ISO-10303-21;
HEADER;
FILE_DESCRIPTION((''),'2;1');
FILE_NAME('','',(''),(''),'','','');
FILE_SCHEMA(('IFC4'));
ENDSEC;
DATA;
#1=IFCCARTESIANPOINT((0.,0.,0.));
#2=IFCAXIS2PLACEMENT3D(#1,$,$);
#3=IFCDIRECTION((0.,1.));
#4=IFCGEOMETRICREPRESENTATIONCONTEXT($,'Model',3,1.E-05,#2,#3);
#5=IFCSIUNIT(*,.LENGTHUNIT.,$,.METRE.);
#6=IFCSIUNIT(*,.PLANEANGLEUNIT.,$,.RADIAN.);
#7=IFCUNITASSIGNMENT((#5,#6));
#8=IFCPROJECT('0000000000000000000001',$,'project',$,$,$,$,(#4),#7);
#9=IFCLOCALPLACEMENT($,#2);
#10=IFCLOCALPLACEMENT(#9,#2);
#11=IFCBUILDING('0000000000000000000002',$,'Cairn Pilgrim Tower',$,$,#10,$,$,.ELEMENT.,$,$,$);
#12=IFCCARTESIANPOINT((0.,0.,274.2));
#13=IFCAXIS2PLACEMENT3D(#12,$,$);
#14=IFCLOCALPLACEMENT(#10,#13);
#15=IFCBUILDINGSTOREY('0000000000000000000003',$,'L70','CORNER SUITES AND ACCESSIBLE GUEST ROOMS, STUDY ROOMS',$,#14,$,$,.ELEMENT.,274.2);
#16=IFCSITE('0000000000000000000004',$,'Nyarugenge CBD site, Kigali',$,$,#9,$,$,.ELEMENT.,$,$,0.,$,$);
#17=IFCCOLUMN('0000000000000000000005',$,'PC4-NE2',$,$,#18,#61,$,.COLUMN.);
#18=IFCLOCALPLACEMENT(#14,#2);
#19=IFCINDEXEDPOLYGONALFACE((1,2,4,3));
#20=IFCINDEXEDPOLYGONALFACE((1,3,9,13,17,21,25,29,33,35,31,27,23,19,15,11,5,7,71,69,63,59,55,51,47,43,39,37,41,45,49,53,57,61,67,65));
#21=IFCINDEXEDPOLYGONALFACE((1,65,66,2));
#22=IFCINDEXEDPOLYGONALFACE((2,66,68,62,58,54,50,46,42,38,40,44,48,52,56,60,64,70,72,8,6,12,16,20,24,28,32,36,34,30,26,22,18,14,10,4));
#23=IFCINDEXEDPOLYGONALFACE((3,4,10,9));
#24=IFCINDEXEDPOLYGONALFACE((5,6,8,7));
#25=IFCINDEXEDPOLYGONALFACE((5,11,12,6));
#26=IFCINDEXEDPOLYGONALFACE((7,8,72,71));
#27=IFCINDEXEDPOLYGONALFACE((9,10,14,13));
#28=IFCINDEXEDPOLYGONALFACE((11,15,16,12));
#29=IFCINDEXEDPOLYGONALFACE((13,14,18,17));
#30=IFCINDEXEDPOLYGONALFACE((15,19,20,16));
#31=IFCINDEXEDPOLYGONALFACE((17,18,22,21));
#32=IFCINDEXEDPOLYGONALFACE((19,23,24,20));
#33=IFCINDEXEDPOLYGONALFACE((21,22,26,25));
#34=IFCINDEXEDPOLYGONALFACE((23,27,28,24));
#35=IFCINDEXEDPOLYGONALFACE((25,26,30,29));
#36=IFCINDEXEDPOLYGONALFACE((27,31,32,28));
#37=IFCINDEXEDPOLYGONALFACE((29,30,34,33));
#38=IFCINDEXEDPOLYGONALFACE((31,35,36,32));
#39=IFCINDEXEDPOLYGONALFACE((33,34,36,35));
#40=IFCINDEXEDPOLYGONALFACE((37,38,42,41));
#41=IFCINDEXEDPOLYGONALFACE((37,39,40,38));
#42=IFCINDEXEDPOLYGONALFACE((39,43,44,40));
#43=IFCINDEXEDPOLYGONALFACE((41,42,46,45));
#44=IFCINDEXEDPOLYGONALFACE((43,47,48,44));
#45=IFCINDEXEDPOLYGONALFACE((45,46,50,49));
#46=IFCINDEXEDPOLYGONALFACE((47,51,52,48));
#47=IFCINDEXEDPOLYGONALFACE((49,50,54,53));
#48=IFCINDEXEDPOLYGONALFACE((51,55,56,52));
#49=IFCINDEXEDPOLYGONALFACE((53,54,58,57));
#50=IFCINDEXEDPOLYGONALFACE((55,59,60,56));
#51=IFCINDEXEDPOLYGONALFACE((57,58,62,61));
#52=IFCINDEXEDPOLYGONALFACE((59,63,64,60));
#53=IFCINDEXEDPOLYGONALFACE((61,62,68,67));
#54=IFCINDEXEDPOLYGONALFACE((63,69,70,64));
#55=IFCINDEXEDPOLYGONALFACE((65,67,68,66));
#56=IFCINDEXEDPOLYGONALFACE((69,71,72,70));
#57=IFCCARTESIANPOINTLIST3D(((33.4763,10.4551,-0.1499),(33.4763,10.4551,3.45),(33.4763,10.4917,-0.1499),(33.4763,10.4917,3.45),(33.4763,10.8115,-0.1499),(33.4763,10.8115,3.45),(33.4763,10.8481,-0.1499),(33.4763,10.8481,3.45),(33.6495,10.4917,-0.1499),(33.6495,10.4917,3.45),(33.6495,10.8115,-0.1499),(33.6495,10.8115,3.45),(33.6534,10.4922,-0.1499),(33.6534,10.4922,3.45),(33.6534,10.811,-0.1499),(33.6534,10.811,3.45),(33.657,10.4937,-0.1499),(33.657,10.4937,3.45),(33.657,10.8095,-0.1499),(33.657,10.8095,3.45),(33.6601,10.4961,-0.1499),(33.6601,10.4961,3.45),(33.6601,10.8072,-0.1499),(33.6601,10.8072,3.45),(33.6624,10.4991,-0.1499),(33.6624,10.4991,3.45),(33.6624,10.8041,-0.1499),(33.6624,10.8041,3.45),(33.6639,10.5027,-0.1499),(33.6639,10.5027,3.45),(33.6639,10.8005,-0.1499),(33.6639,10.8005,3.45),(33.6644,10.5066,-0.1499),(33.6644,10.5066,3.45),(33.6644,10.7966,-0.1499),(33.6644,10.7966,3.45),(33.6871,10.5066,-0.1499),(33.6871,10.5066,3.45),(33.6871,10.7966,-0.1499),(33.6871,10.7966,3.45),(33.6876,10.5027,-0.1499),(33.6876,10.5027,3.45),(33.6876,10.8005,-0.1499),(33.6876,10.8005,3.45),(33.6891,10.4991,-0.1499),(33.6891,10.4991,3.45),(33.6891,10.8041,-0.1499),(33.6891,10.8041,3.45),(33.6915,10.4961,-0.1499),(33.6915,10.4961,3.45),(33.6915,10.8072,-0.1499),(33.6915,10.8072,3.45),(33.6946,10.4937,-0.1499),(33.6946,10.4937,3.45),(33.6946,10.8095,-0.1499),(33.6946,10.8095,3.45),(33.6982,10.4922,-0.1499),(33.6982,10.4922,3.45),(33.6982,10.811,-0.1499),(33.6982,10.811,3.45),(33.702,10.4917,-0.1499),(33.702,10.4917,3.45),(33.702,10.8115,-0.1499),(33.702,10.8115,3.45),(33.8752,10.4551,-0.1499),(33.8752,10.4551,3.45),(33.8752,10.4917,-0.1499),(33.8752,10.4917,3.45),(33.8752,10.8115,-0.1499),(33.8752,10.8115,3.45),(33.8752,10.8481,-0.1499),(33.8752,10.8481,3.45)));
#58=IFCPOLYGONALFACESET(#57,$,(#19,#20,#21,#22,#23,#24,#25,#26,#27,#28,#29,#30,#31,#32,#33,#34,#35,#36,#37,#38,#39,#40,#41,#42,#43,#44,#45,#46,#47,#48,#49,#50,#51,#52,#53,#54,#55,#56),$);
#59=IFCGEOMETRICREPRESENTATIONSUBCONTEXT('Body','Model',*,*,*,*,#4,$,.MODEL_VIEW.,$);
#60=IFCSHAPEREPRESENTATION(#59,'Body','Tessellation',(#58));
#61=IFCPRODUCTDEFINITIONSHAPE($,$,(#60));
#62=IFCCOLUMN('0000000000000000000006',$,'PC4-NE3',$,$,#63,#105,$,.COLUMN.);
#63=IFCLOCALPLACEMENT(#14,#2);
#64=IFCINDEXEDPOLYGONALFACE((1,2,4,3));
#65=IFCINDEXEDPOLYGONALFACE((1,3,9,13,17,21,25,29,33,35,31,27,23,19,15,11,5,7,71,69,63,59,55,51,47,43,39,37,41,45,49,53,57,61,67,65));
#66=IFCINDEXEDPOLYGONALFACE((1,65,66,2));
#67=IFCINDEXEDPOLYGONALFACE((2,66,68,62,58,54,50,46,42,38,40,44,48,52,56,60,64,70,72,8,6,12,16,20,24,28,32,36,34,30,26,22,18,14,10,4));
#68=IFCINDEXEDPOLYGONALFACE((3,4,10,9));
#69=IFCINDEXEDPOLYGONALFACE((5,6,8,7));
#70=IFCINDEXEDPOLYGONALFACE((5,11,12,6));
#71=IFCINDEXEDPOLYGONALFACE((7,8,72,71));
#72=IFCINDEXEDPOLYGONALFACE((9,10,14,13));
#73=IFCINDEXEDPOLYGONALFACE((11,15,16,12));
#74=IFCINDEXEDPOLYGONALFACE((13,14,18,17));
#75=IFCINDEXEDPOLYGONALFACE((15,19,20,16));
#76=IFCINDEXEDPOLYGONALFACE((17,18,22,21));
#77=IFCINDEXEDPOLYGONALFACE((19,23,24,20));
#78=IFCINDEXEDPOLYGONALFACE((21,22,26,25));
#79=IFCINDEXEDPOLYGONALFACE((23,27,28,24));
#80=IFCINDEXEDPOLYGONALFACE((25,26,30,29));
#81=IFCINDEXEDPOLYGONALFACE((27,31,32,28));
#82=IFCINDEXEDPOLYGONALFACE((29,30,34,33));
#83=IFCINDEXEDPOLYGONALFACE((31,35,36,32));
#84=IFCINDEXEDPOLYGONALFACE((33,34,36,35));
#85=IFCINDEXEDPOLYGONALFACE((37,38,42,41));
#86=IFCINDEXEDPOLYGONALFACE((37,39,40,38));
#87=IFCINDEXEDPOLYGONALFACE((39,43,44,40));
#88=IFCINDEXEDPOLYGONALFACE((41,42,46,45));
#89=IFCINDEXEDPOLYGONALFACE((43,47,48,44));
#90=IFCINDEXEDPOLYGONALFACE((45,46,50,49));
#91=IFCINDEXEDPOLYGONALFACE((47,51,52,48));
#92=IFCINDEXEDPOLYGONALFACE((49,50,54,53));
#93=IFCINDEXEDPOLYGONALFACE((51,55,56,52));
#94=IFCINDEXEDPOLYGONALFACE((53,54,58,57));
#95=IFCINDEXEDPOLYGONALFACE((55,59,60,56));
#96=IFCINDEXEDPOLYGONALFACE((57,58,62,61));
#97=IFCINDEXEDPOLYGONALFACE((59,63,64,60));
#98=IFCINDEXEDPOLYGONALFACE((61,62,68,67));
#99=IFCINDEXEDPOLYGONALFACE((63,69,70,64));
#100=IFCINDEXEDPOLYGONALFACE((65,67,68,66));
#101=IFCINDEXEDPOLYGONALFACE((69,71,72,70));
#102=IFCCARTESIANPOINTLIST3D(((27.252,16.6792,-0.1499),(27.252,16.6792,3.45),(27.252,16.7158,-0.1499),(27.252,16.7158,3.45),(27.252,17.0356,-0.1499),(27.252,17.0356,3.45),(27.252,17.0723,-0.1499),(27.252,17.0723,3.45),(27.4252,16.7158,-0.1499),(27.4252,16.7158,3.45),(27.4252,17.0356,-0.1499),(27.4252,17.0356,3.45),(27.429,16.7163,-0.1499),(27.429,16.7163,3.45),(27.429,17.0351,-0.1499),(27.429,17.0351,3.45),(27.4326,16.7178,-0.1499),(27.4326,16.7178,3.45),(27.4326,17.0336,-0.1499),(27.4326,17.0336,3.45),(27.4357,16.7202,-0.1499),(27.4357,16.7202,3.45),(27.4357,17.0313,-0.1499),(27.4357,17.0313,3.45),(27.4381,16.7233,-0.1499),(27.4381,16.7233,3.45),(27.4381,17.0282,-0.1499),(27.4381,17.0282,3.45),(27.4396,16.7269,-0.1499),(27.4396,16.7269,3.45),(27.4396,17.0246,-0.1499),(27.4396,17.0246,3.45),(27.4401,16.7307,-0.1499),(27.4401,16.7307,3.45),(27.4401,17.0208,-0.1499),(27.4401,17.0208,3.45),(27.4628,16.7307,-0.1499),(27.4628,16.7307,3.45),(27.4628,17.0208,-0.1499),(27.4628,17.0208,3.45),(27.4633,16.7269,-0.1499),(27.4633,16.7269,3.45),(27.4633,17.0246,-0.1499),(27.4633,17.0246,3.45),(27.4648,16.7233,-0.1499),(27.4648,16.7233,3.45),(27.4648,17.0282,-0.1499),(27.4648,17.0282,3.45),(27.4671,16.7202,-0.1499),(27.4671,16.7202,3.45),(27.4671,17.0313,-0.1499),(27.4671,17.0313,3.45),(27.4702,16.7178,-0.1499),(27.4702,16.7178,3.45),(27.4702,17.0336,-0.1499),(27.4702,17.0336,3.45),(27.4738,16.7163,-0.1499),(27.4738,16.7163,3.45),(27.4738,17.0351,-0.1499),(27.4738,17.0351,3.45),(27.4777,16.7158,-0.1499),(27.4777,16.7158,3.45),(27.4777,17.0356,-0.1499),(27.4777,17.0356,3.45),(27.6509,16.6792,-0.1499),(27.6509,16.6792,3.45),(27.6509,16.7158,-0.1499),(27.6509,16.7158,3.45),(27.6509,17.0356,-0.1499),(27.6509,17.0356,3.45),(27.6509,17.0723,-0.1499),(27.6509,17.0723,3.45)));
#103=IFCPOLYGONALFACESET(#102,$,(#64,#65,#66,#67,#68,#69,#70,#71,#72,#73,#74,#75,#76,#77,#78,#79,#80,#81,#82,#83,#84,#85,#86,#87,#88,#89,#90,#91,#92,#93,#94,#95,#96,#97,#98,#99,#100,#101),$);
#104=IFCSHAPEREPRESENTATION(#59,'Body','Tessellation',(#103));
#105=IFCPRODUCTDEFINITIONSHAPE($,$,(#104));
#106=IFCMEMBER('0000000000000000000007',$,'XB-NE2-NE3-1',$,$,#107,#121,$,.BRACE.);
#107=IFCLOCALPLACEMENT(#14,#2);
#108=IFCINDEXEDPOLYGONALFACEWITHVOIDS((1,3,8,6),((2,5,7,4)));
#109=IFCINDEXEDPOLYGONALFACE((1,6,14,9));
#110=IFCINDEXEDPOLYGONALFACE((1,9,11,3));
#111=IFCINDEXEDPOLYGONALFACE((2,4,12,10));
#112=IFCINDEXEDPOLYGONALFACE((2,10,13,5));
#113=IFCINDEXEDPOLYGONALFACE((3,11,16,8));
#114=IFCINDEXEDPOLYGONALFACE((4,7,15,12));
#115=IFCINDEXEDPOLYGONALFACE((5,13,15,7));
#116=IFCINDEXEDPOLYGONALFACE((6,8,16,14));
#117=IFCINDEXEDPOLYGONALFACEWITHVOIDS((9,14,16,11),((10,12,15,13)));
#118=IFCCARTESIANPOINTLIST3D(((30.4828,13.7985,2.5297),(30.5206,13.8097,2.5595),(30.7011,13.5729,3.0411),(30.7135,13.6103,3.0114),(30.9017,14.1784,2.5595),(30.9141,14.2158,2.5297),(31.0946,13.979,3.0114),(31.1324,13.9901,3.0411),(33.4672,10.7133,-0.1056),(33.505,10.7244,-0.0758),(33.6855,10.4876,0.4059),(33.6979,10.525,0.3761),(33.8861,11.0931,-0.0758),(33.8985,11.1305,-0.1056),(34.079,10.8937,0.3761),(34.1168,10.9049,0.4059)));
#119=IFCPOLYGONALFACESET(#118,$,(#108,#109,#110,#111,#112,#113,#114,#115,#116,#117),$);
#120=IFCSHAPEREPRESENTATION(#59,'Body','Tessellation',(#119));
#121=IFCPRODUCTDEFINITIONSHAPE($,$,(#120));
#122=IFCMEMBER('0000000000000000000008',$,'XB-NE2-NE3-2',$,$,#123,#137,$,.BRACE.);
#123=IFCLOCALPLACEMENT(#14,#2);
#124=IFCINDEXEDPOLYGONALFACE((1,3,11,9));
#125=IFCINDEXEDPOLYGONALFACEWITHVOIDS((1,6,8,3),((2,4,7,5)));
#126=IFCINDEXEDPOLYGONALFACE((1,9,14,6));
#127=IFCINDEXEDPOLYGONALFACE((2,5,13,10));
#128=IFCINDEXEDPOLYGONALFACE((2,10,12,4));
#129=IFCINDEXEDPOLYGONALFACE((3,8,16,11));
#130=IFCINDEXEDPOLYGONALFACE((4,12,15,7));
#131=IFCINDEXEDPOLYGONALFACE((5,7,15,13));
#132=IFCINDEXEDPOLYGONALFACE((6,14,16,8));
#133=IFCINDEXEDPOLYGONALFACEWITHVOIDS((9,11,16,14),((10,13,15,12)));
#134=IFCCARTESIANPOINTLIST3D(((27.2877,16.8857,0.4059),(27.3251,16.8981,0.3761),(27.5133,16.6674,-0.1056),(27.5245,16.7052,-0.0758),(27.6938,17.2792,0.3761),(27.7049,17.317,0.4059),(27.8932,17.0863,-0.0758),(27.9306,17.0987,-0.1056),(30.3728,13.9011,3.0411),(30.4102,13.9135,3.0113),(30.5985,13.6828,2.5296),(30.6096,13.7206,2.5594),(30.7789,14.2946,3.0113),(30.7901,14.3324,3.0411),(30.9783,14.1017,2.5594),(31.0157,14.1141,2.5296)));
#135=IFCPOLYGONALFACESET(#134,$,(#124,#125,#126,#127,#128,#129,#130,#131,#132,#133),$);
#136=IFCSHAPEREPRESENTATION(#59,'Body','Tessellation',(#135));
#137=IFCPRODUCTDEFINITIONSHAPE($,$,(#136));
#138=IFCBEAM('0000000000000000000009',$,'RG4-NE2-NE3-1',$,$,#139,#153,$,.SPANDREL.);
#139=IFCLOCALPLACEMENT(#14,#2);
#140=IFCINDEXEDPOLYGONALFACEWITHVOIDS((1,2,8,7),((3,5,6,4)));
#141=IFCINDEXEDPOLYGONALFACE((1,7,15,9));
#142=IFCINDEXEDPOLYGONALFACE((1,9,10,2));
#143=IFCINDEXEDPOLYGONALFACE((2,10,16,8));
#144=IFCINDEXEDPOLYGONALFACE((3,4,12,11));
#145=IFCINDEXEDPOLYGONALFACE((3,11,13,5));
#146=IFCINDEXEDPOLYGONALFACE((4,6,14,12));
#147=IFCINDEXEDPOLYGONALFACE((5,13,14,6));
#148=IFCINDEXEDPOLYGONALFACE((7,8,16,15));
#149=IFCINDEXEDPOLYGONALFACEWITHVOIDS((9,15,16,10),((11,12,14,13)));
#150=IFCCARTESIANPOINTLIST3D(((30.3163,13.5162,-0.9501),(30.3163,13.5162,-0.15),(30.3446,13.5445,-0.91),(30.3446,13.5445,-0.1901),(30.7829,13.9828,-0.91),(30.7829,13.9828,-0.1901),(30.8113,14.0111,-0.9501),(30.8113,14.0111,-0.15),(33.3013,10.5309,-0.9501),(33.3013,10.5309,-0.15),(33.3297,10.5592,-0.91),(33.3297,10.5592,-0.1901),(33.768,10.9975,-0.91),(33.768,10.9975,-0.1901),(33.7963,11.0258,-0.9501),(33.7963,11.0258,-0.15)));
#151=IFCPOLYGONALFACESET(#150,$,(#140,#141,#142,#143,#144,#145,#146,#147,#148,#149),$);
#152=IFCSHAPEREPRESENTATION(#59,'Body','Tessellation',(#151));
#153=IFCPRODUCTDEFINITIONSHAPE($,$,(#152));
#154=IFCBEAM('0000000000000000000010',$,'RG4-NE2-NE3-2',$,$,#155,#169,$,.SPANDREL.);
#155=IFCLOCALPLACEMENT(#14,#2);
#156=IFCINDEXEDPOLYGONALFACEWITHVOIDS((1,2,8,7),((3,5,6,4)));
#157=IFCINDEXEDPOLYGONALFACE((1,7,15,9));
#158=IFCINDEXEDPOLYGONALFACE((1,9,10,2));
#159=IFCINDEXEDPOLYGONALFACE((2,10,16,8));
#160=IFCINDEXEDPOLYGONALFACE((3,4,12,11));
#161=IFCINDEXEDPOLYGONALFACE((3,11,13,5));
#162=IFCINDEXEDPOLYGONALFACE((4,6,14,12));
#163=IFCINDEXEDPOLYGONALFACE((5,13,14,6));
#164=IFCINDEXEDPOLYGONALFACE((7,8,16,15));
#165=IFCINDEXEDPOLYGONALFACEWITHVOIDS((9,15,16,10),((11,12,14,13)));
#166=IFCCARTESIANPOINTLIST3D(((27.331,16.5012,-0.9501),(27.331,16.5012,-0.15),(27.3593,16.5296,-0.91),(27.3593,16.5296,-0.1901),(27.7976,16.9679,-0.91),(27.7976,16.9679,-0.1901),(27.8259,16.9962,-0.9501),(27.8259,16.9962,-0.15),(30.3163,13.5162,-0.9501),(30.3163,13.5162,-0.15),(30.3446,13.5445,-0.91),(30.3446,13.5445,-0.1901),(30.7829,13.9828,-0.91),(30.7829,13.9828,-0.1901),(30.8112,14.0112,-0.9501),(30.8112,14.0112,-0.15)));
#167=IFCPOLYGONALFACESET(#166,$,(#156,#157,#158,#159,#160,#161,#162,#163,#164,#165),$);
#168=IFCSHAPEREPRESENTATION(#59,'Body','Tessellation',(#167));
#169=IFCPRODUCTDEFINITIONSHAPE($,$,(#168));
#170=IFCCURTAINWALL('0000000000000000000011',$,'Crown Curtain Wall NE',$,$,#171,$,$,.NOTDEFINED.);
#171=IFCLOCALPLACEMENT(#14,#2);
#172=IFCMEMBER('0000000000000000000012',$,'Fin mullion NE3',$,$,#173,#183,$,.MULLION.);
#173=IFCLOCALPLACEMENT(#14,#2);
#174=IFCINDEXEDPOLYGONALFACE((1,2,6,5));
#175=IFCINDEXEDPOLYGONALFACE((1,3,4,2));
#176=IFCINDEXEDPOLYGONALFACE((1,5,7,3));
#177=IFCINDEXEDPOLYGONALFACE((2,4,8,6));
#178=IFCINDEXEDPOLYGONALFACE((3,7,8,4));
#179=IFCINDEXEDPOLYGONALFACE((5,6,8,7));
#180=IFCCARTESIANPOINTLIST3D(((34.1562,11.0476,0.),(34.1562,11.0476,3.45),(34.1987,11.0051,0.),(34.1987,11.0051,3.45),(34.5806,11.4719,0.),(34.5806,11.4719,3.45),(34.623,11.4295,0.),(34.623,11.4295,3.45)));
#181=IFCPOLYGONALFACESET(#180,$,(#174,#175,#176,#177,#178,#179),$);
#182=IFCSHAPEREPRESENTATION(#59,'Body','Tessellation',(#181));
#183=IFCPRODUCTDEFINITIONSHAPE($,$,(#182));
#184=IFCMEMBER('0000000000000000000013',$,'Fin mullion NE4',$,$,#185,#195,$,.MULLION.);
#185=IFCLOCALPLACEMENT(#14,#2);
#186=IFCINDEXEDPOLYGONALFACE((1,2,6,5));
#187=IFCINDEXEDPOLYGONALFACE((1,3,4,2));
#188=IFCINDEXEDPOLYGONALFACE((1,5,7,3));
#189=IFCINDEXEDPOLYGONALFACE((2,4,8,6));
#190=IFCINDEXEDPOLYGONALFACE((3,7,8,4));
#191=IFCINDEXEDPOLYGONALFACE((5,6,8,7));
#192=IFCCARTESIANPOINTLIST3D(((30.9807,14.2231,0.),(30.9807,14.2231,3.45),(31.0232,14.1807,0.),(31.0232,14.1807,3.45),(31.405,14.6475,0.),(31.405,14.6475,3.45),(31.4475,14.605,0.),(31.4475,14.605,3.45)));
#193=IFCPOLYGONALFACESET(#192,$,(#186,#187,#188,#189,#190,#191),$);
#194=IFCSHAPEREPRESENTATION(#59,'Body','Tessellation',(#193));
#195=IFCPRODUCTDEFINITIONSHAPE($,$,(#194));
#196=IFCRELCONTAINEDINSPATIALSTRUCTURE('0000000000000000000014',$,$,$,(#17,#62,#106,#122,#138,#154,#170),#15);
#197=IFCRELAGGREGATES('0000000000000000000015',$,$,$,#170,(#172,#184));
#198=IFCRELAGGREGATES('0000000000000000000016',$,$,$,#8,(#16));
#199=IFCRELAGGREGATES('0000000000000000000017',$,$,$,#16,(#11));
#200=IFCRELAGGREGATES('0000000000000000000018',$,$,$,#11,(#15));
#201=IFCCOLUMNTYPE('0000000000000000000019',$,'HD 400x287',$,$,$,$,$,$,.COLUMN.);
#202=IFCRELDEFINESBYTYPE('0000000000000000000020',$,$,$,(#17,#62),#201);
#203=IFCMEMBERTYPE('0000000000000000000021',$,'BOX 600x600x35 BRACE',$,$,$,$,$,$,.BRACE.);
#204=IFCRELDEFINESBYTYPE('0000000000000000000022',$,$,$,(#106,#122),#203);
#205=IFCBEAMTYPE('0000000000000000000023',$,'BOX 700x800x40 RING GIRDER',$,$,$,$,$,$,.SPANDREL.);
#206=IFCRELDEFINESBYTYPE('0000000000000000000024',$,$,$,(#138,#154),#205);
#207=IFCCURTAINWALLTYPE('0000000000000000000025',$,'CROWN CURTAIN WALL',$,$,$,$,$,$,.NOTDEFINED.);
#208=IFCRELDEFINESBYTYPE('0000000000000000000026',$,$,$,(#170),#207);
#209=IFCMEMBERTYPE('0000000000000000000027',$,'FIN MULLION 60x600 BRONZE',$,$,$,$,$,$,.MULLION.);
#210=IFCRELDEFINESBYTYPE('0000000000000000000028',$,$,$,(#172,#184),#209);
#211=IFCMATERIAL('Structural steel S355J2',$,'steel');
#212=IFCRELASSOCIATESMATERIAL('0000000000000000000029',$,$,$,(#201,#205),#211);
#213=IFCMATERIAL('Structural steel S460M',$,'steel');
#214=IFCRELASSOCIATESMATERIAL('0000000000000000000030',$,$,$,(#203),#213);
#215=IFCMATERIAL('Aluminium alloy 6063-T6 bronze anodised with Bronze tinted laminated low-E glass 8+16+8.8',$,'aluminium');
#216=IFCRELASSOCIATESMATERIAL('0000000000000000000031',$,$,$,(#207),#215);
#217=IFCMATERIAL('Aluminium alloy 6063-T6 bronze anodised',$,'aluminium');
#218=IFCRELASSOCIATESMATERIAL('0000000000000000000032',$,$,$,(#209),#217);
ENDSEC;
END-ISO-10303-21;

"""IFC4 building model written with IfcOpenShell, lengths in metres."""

from ifc_helpers import new_model, si_unit, direction, frame, origin, origin_2d, place, context, subcontext, project, spatial, rectangle, hollow_rectangle, i_section, extrude, material, material_profile, profile_set, type_object, element, aggregate, save


model = new_model("IFC4")

# Units and contexts
model_context = context("Model", 3, precision=1e-05, world=origin(), true_north=direction((0.0, 1.0)))
body_context = subcontext(model_context, "Body", "Model", "MODEL_VIEW")
ifc_project = project(units=[si_unit("LENGTHUNIT", "METRE"), si_unit("PLANEANGLEUNIT", "RADIAN")], contexts=[model_context])

# Site, building, storey
site_placement = place(None, origin())
site = spatial("IfcSite", under=ifc_project, at=site_placement, Name="Nyarugenge CBD site, Kigali", CompositionType="ELEMENT", RefElevation=0.0)
building_placement = place(site_placement, origin())
building = spatial("IfcBuilding", under=site, at=building_placement, Name="Cairn Pilgrim Tower", CompositionType="ELEMENT")
storey_placement = place(building_placement, frame((0.0, 0.0, 274.2)))
storey = spatial("IfcBuildingStorey", under=building, at=storey_placement, Name="L70", Description="CORNER SUITES AND ACCESSIBLE GUEST ROOMS, STUDY ROOMS", CompositionType="ELEMENT", Elevation=274.2)

# Columns
ifc_material_1 = material(Name="Structural steel S355J2", Category="steel")
ifc_material_profile_1 = material_profile(ifc_material_1, i_section(OverallWidth=0.3989, OverallDepth=0.3931, WebThickness=0.0227, FlangeThickness=0.0366, FilletRadius=0.0149, at=origin_2d()), Name="HD 400x287")
ifc_profile_set_1 = profile_set([ifc_material_profile_1], Name="Structural steel S355J2")
column_type = type_object("IfcColumnType", Name="HD 400x287", PredefinedType="COLUMN", material=ifc_profile_set_1)
for number, where, z_axis, x_axis, name in (
    (1, (33.6758, 10.6516, -0.1499), (0.0, 0.0, 1.0), (1.0, 0.0, 0.0), "PC4-NE2"),
    (2, (27.4514, 16.8757, -0.1499), (0.0, 0.0, 1.0), (1.0, 0.0, 0.0), "PC4-NE3"),
):
    element("IfcColumn", number, at=place(storey_placement, frame(where, z_axis=z_axis, x_axis=x_axis)), inside=storey, type_object=column_type, Name=name, PredefinedType="COLUMN", context=body_context, shape_type="SweptSolid", body=[
        extrude(i_section(OverallWidth=0.3989, OverallDepth=0.3931, WebThickness=0.0227, FlangeThickness=0.0366, FilletRadius=0.0149, at=origin_2d()), origin(), (0.0, 0.0, 1.0), 3.5999),
    ])

# Members
ifc_material_2 = material(Name="Structural steel S460M", Category="steel")
ifc_material_profile_2 = material_profile(ifc_material_2, hollow_rectangle(XDim=0.6001, YDim=0.6001, WallThickness=0.0349, at=origin_2d()), Name="BOX 600x600x35")
ifc_profile_set_2 = profile_set([ifc_material_profile_2], Name="Structural steel S460M")
member_type_1 = type_object("IfcMemberType", Name="BOX 600x600x35 BRACE", PredefinedType="BRACE", material=ifc_profile_set_2)
for number, where, z_axis, x_axis, name in (
    (3, (33.792, 10.8091, 0.1501), (-0.592512, 0.61253, 0.523198), (-0.718754, -0.695264, 0.0), "XB-NE2-NE3-1"),
    (4, (27.6091, 16.9922, 0.1501), (0.612513, -0.592543, 0.523183), (0.695294, 0.718726, 0.0), "XB-NE2-NE3-2"),
):
    element("IfcMember", number, at=place(storey_placement, frame(where, z_axis=z_axis, x_axis=x_axis)), inside=storey, type_object=member_type_1, Name=name, PredefinedType="BRACE", context=body_context, shape_type="SweptSolid", body=[
        extrude(hollow_rectangle(XDim=0.6001, YDim=0.6001, WallThickness=0.0349, at=origin_2d()), origin(), (0.0, 0.0, 1.0), 5.0369),
    ])

# Beams
ifc_material_profile_3 = material_profile(ifc_material_1, hollow_rectangle(XDim=0.7, YDim=0.8, WallThickness=0.04, at=origin_2d()), Name="BOX 700x800x40")
ifc_profile_set_3 = profile_set([ifc_material_profile_3], Name="Structural steel S355J2")
beam_type_1 = type_object("IfcBeamType", Name="BOX 700x800x40 RING GIRDER", PredefinedType="SPANDREL", material=ifc_profile_set_3)
for number, where, z_axis, x_axis, name in (
    (5, (33.5488, 10.7783, -0.55), (-0.707078, 0.707136, 0.0), (-0.707136, -0.707078, 0.0), "RG4-NE2-NE3-1"),
    (6, (30.5637, 13.7637, -0.55), (-0.707136, 0.707078, 0.0), (-0.707078, -0.707136, 0.0), "RG4-NE2-NE3-2"),
):
    element("IfcBeam", number, at=place(storey_placement, frame(where, z_axis=z_axis, x_axis=x_axis)), inside=storey, type_object=beam_type_1, Name=name, PredefinedType="SPANDREL", context=body_context, shape_type="SweptSolid", body=[
        extrude(hollow_rectangle(XDim=0.7, YDim=0.8, WallThickness=0.04, at=origin_2d()), origin(), (0.0, 0.0, 1.0), 4.2217),
    ])

# Curtain wall, members
ifc_material_3 = material(Name="Aluminium alloy 6063-T6 bronze anodised with Bronze tinted laminated low-E glass 8+16+8.8", Category="aluminium")
curtain_wall_type = type_object("IfcCurtainWallType", Name="CROWN CURTAIN WALL", PredefinedType="NOTDEFINED", material=ifc_material_3)
curtain_wall_placement = place(storey_placement, origin())
curtain_wall = element("IfcCurtainWall", 7, at=curtain_wall_placement, inside=storey, type_object=curtain_wall_type, Name="Crown Curtain Wall NE", PredefinedType="NOTDEFINED")
ifc_material_4 = material(Name="Aluminium alloy 6063-T6 bronze anodised", Category="aluminium")
ifc_material_profile_4 = material_profile(ifc_material_4, rectangle(XDim=0.6001, YDim=0.0601, at=origin_2d()), Name="FIN MULLION 60x600 BRONZE")
ifc_profile_set_4 = profile_set([ifc_material_profile_4], Name="Aluminium alloy 6063-T6 bronze anodised")
member_type_2 = type_object("IfcMemberType", Name="FIN MULLION 60x600 BRONZE", PredefinedType="MULLION", material=ifc_profile_set_4)
member_1_placement = place(storey_placement, frame((34.3896, 11.2385, 0.0), z_axis=(0.0, 0.0, 1.0), x_axis=(0.707107, 0.707107, 0.0)))
member_1 = element("IfcMember", 8, at=member_1_placement, type_object=member_type_2, Name="Fin mullion NE3", PredefinedType="MULLION", context=body_context, shape_type="SweptSolid", body=[
    extrude(rectangle(XDim=0.6001, YDim=0.0601, at=origin_2d()), origin(), (0.0, 0.0, 1.0), 3.45),
])
member_2_placement = place(storey_placement, frame((31.2141, 14.4141, 0.0), z_axis=(0.0, 0.0, 1.0), x_axis=(0.707107, 0.707107, 0.0)))
member_2 = element("IfcMember", 9, at=member_2_placement, type_object=member_type_2, Name="Fin mullion NE4", PredefinedType="MULLION", context=body_context, shape_type="SweptSolid", body=[
    extrude(rectangle(XDim=0.6001, YDim=0.0601, at=origin_2d()), origin(), (0.0, 0.0, 1.0), 3.45),
])

aggregate(curtain_wall, [member_1, member_2])

save(model, "model.ifc")
